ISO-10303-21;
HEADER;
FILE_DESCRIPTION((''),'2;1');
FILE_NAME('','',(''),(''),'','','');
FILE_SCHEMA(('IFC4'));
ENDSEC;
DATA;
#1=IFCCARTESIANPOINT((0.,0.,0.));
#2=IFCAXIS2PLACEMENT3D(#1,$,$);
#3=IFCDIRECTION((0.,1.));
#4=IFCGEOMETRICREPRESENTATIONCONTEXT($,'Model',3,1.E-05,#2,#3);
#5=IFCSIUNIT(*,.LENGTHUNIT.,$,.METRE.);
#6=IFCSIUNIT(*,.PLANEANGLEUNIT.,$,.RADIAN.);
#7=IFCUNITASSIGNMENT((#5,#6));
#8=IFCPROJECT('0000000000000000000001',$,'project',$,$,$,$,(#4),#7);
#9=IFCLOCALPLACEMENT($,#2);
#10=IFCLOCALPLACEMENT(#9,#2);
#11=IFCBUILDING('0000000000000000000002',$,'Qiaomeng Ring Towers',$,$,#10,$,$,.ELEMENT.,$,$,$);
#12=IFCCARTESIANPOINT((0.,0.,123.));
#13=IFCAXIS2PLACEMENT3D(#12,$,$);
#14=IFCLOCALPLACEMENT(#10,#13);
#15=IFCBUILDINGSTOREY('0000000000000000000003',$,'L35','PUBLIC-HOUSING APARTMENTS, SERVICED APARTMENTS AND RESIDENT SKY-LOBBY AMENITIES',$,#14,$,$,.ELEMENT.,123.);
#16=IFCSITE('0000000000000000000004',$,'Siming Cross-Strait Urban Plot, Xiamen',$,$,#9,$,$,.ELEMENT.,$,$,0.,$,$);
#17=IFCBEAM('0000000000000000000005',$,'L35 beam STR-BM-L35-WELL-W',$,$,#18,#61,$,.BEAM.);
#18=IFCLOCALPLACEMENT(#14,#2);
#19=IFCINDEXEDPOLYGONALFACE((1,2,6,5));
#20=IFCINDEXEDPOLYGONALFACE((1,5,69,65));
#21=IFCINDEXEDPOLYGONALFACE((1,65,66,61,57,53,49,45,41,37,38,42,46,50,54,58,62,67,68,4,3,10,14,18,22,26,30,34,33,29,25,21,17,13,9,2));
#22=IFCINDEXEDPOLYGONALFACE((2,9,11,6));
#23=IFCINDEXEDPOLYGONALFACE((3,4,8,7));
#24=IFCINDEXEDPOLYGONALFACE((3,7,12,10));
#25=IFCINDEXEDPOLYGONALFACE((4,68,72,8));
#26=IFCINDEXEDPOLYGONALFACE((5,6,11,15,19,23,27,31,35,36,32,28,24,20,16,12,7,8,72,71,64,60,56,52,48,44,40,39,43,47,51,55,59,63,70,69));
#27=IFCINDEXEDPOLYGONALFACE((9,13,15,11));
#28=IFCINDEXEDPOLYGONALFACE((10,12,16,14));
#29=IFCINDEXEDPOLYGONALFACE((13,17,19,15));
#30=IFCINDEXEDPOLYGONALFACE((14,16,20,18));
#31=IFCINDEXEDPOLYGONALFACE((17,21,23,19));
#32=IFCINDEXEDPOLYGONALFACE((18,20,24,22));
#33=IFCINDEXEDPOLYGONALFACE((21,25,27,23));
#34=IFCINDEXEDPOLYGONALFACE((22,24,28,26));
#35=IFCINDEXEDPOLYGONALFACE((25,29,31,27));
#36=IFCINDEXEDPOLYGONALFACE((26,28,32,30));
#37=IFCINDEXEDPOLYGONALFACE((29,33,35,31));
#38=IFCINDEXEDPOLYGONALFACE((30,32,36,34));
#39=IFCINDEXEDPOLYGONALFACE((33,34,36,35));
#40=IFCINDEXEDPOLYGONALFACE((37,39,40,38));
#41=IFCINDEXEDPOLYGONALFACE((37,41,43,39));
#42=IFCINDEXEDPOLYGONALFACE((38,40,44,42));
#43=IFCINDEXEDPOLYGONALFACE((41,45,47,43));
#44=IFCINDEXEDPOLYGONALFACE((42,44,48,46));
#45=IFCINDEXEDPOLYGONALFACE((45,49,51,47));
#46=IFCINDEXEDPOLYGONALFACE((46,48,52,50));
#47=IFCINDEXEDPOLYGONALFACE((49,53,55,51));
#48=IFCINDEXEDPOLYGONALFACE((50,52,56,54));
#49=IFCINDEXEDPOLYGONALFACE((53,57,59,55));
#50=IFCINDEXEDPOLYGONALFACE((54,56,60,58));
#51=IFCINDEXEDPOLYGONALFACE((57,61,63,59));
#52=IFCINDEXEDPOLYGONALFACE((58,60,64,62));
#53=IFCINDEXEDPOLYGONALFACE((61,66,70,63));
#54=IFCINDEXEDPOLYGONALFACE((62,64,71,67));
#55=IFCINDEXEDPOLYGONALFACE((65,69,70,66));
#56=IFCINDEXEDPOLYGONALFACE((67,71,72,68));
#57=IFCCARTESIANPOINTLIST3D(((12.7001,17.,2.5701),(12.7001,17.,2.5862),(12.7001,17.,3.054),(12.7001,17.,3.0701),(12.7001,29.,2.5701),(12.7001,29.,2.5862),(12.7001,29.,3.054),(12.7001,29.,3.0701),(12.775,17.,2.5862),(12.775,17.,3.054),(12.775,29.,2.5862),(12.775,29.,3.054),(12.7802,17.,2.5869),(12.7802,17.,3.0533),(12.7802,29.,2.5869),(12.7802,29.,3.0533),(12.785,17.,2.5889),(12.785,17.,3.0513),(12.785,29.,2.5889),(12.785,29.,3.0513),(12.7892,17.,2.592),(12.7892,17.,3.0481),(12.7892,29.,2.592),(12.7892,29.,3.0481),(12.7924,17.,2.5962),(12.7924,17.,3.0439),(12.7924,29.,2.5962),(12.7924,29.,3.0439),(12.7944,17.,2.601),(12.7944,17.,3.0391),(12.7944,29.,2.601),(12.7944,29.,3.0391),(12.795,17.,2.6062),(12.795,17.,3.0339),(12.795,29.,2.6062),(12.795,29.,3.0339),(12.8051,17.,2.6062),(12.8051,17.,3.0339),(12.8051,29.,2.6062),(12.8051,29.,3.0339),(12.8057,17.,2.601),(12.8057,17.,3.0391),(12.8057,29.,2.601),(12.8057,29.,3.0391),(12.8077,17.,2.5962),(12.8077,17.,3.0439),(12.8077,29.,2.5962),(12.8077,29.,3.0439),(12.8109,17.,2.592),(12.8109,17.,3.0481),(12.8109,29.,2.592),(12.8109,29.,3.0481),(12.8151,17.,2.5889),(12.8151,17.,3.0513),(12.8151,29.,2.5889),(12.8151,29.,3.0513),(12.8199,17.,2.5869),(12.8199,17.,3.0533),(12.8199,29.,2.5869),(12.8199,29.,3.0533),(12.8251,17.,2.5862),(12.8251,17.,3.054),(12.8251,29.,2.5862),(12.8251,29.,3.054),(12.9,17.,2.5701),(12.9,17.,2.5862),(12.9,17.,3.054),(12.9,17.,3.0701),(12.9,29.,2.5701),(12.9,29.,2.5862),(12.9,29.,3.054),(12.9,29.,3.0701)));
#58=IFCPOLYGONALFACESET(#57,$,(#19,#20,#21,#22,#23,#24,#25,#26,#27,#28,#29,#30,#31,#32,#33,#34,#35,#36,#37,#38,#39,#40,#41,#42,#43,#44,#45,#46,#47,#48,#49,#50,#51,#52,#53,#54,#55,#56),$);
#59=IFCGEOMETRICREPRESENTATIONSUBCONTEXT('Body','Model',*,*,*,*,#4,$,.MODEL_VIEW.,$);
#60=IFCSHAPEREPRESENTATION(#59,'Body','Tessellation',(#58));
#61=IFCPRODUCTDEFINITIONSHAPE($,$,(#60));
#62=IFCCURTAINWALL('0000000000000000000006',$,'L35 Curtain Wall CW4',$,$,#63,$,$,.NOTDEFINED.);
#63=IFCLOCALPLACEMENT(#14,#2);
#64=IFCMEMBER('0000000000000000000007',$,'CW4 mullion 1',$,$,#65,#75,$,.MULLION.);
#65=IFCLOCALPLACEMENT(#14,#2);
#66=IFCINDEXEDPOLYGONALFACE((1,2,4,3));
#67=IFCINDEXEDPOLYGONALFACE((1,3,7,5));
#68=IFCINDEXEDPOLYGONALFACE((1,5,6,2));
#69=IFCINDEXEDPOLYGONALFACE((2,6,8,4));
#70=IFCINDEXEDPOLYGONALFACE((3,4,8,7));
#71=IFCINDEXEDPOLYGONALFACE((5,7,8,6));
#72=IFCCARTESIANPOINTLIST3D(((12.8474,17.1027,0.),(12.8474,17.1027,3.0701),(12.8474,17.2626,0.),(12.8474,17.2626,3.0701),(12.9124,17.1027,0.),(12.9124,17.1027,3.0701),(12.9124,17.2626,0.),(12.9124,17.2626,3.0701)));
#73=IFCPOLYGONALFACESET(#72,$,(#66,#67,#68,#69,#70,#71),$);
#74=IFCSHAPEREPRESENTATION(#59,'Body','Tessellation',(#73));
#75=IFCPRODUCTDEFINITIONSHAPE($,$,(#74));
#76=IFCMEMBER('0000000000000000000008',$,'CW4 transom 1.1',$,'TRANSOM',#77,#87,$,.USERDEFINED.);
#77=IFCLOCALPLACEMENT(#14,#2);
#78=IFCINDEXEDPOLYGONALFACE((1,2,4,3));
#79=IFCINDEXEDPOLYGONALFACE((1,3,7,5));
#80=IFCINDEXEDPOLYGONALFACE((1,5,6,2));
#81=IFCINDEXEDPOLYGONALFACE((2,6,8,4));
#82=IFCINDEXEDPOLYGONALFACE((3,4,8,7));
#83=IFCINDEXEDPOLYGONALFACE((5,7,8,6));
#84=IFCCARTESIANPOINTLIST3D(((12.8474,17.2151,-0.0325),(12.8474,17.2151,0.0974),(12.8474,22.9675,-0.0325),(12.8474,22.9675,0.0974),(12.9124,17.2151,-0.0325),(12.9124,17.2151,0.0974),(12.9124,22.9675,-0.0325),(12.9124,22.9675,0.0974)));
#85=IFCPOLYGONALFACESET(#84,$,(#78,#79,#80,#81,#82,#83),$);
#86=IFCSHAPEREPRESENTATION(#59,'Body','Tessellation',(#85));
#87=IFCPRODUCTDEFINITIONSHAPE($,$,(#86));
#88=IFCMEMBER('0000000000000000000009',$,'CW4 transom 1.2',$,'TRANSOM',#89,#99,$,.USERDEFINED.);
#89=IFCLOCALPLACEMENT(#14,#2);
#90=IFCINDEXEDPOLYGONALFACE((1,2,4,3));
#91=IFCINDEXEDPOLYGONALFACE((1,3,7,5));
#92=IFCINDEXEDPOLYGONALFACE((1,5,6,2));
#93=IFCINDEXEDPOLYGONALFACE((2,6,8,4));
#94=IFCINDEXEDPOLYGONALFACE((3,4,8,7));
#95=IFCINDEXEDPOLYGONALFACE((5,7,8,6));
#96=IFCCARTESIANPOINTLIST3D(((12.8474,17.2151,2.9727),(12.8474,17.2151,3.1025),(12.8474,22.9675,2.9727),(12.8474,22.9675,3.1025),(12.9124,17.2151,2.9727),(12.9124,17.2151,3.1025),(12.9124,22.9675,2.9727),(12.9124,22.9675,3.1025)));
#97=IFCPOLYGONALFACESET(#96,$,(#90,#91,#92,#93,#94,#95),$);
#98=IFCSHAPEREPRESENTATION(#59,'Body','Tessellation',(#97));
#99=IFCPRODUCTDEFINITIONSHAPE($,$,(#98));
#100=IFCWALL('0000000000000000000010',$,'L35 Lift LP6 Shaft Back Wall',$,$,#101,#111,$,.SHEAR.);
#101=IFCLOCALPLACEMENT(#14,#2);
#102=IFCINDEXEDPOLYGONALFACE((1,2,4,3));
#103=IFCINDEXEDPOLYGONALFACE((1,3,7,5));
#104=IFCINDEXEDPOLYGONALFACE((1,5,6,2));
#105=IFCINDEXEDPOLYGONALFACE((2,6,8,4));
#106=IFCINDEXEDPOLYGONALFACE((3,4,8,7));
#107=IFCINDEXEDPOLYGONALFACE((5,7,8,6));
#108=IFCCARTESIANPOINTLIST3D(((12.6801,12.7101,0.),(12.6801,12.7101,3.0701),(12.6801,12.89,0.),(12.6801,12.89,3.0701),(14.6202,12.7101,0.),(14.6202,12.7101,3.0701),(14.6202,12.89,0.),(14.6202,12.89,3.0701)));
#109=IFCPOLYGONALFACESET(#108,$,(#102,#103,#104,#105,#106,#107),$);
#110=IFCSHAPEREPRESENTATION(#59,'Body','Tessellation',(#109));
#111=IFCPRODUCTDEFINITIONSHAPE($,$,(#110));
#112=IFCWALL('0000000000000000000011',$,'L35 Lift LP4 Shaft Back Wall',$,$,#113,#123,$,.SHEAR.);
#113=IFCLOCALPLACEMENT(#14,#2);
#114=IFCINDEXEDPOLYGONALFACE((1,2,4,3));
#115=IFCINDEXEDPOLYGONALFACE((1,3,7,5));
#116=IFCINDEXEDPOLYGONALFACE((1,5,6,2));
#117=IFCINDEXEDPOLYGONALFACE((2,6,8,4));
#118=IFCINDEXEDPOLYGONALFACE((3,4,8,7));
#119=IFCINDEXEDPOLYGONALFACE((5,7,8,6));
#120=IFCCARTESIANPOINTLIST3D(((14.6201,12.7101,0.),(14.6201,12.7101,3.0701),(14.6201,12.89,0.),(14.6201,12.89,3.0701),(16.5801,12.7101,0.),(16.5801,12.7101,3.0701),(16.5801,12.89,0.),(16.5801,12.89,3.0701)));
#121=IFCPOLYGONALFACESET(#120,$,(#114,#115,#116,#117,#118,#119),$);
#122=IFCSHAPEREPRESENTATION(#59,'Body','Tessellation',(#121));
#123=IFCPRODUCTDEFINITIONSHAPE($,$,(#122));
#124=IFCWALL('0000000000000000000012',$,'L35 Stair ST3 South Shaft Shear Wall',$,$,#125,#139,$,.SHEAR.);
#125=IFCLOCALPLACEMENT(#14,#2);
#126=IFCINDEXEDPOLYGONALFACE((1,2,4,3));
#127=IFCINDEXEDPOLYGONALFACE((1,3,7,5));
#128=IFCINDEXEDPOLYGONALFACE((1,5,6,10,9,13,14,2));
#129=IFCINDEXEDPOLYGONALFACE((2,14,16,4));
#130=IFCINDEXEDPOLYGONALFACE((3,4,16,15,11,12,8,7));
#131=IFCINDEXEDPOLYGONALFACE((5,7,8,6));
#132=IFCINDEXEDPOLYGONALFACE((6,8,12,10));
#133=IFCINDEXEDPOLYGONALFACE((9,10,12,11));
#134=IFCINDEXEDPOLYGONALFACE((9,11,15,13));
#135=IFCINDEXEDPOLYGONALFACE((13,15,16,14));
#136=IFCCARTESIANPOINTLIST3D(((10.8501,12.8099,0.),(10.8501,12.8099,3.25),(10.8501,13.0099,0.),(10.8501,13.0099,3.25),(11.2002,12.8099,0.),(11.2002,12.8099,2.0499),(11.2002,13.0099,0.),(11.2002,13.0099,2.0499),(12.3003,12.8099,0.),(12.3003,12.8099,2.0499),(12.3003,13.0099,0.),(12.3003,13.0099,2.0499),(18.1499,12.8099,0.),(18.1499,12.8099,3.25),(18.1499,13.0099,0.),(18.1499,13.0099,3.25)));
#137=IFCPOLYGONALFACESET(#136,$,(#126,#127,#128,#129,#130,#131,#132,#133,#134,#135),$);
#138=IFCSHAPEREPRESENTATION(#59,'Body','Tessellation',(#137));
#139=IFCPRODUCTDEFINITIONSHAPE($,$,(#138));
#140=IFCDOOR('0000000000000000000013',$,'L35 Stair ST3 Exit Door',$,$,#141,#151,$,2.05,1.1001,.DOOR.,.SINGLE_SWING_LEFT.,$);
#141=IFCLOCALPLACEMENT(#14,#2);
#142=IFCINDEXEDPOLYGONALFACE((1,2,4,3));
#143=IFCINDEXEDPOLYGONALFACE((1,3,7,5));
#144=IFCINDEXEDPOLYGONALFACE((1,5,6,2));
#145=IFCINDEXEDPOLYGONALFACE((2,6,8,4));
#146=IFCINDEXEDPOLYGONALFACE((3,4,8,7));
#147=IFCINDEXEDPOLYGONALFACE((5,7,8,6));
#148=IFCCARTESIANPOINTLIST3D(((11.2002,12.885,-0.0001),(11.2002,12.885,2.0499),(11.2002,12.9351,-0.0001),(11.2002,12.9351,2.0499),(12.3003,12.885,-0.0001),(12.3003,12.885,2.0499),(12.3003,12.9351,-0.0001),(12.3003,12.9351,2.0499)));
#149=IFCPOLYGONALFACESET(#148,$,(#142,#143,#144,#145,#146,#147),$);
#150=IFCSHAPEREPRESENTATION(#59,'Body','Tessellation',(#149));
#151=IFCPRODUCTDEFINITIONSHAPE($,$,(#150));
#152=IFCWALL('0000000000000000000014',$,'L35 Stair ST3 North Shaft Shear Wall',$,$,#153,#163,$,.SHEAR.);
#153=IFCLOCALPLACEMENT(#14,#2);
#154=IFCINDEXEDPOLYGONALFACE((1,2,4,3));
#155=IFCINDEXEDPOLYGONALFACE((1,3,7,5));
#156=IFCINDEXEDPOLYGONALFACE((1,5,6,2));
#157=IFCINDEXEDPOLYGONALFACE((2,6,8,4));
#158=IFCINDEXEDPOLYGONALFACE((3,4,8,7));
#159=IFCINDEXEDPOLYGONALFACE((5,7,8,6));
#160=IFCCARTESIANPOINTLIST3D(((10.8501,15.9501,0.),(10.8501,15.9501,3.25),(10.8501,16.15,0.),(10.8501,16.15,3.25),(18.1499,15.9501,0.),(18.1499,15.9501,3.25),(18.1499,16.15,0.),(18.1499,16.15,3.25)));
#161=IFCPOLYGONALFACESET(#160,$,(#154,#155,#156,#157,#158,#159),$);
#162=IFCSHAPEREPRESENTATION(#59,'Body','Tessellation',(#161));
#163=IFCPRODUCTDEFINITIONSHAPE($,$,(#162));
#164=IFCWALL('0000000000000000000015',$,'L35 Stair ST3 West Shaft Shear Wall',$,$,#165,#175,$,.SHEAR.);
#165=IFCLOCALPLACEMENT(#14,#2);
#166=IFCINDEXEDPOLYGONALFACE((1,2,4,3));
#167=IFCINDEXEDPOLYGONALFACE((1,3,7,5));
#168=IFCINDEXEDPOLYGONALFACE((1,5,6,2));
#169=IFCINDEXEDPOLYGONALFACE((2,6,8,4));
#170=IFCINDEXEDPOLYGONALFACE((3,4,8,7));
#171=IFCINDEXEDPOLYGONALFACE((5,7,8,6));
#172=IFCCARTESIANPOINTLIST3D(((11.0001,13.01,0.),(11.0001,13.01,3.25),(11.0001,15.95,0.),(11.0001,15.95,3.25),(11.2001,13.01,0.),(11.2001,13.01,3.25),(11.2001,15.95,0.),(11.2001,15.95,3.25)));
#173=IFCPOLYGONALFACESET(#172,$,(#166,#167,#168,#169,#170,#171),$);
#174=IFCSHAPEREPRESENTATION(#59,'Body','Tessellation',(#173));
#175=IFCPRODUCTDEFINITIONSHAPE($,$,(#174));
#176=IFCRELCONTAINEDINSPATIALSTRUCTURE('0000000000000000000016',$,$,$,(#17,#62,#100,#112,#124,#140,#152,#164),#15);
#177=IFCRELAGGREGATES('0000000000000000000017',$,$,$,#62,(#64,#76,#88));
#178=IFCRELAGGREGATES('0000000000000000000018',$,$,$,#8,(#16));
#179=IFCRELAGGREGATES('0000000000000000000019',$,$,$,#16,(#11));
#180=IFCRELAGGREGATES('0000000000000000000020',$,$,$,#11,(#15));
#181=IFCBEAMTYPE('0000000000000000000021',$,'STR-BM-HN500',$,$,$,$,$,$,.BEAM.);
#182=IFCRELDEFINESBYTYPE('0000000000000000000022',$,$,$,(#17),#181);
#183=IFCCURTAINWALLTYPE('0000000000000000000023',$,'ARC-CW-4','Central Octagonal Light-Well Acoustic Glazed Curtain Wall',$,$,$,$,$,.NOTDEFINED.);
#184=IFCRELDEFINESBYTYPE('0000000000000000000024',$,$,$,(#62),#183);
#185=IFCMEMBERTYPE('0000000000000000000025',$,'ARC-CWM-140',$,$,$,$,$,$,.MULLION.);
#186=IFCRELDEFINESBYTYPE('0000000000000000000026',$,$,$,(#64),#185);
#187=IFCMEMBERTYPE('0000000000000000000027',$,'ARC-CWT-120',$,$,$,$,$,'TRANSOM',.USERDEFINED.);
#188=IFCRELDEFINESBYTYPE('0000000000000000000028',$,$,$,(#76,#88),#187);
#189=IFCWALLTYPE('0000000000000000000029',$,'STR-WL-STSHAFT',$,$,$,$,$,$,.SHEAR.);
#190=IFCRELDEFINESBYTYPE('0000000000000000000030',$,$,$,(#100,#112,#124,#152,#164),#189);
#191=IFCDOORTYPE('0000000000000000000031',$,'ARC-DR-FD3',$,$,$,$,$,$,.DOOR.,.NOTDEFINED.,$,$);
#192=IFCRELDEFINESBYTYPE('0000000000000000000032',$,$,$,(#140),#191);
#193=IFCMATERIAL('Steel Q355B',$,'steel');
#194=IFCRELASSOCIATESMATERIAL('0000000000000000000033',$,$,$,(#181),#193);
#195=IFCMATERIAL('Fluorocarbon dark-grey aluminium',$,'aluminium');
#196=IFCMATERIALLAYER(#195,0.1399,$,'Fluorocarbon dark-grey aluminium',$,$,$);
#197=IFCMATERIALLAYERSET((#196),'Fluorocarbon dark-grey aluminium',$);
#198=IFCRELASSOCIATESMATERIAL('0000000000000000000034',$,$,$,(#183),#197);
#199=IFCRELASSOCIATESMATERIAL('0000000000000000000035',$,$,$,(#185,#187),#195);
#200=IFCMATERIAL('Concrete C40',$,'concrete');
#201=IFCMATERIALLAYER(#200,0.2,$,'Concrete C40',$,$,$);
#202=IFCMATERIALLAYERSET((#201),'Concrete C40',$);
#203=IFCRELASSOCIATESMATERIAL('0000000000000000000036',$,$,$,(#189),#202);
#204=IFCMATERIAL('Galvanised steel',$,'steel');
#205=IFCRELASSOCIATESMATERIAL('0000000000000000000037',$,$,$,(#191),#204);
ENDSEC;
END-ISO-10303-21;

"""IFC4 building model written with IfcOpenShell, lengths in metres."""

from ifc_helpers import new_model, si_unit, direction, frame, frame_2d, origin, origin_2d, place, context, subcontext, project, spatial, rectangle, i_section, extrude, source, transform, mapped, material, layer, layer_set, material_profile, profile_set, type_object, element, fill, aggregate, save


model = new_model("IFC4")

# Units and contexts
model_context = context("Model", 3, precision=1e-05, world=origin(), true_north=direction((0.0, 1.0)))
body_context = subcontext(model_context, "Body", "Model", "MODEL_VIEW")
ifc_project = project(units=[si_unit("LENGTHUNIT", "METRE"), si_unit("PLANEANGLEUNIT", "RADIAN")], contexts=[model_context])

# Site, building, storey
site_placement = place(None, origin())
site = spatial("IfcSite", under=ifc_project, at=site_placement, Name="Siming Cross-Strait Urban Plot, Xiamen", CompositionType="ELEMENT", RefElevation=0.0)
building_placement = place(site_placement, origin())
building = spatial("IfcBuilding", under=site, at=building_placement, Name="Qiaomeng Ring Towers", CompositionType="ELEMENT")
storey_placement = place(building_placement, frame((0.0, 0.0, 123.0)))
storey = spatial("IfcBuildingStorey", under=building, at=storey_placement, Name="L35", Description="PUBLIC-HOUSING APARTMENTS, SERVICED APARTMENTS AND RESIDENT SKY-LOBBY AMENITIES", CompositionType="ELEMENT", Elevation=123.0)

# Beam
ifc_material_1 = material(Name="Steel Q355B", Category="steel")
ifc_material_profile_1 = material_profile(ifc_material_1, i_section(OverallWidth=0.2, OverallDepth=0.5, WebThickness=0.01, FlangeThickness=0.0161, FilletRadius=0.02, at=origin_2d()), Name="HN 500x200x10x16")
ifc_profile_set_1 = profile_set([ifc_material_profile_1], Name="Steel Q355B")
beam_type = type_object("IfcBeamType", Name="STR-BM-HN500", PredefinedType="BEAM", material=ifc_profile_set_1)
shared_shape_1 = source(origin(), body_context, "Body", "SweptSolid", [
    extrude(i_section(OverallWidth=0.2, OverallDepth=0.5, WebThickness=0.01, FlangeThickness=0.0161, FilletRadius=0.02, at=origin_2d()), origin(), (0.0, 0.0, 1.0), 12.0),
])
beam_placement = place(storey_placement, frame((12.8, 17.0, 2.8201), z_axis=(0.0, 1.0, 0.0), x_axis=(-1.0, 0.0, 0.0)))
element("IfcBeam", 1, at=beam_placement, inside=storey, type_object=beam_type, Name="L35 beam STR-BM-L35-WELL-W", PredefinedType="BEAM", context=body_context, shape_type="MappedRepresentation", body=[
    mapped(shared_shape_1, transform((0.0, 0.0, 0.0), x_axis=(1.0, 0.0, 0.0), y_axis=(0.0, 1.0, 0.0), z_axis=(0.0, 0.0, 1.0), scale=1.0)),
])

# Curtain wall, members
ifc_material_2 = material(Name="Fluorocarbon dark-grey aluminium", Category="aluminium")
ifc_layer_1 = layer(ifc_material_2, 0.1399, Name="Fluorocarbon dark-grey aluminium")
ifc_layer_set_1 = layer_set([ifc_layer_1], Name="Fluorocarbon dark-grey aluminium")
curtain_wall_type = type_object("IfcCurtainWallType", Name="ARC-CW-4", Description="Central Octagonal Light-Well Acoustic Glazed Curtain Wall", PredefinedType="NOTDEFINED", material=ifc_layer_set_1)
curtain_wall_placement = place(storey_placement, origin())
curtain_wall = element("IfcCurtainWall", 2, at=curtain_wall_placement, inside=storey, type_object=curtain_wall_type, Name="L35 Curtain Wall CW4", PredefinedType="NOTDEFINED")
ifc_material_profile_2 = material_profile(ifc_material_2, rectangle(XDim=0.0649, YDim=0.1599, at=origin_2d()), Name="ALU MULL 65x160")
ifc_profile_set_2 = profile_set([ifc_material_profile_2], Name="Fluorocarbon dark-grey aluminium")
member_type_1 = type_object("IfcMemberType", Name="ARC-CWM-140", PredefinedType="MULLION", material=ifc_profile_set_2)
shared_shape_2 = source(origin(), body_context, "Body", "SweptSolid", [
    extrude(rectangle(XDim=0.0649, YDim=0.1599, at=origin_2d()), origin(), (0.0, 0.0, 1.0), 3.0701),
])
member_1_placement = place(storey_placement, frame((12.8799, 17.1826, 0.0), z_axis=(0.0, 0.0, 1.0), x_axis=(-1.0, 0.0, 0.0)))
member_1 = element("IfcMember", 3, at=member_1_placement, type_object=member_type_1, Name="CW4 mullion 1", PredefinedType="MULLION", context=body_context, shape_type="MappedRepresentation", body=[
    mapped(shared_shape_2, transform((0.0, 0.0, 0.0), x_axis=(1.0, 0.0, 0.0), y_axis=(0.0, 1.0, 0.0), z_axis=(0.0, 0.0, 1.0), scale=1.0)),
])
ifc_material_profile_3 = material_profile(ifc_material_2, rectangle(XDim=0.0649, YDim=0.1299, at=origin_2d()), Name="ALU TRAN 65x130")
ifc_profile_set_3 = profile_set([ifc_material_profile_3], Name="Fluorocarbon dark-grey aluminium")
member_type_2 = type_object("IfcMemberType", Name="ARC-CWT-120", ElementType="TRANSOM", PredefinedType="USERDEFINED", material=ifc_profile_set_3)
shared_shape_3 = source(origin(), body_context, "Body", "SweptSolid", [
    extrude(rectangle(XDim=0.0649, YDim=0.1299, at=origin_2d()), origin(), (0.0, 0.0, 1.0), 5.7524),
])
member_2_placement = place(storey_placement, frame((12.8799, 17.2151, 0.0325), z_axis=(0.0, 1.0, 0.0), x_axis=(-1.0, 0.0, 0.0)))
member_2 = element("IfcMember", 4, at=member_2_placement, type_object=member_type_2, Name="CW4 transom 1.1", ObjectType="TRANSOM", PredefinedType="USERDEFINED", context=body_context, shape_type="MappedRepresentation", body=[
    mapped(shared_shape_3, transform((0.0, 0.0, 0.0), x_axis=(1.0, 0.0, 0.0), y_axis=(0.0, 1.0, 0.0), z_axis=(0.0, 0.0, 1.0), scale=1.0)),
])
member_3_placement = place(storey_placement, frame((12.8799, 17.2151, 3.0376), z_axis=(0.0, 1.0, 0.0), x_axis=(-1.0, 0.0, 0.0)))
member_3 = element("IfcMember", 5, at=member_3_placement, type_object=member_type_2, Name="CW4 transom 1.2", ObjectType="TRANSOM", PredefinedType="USERDEFINED", context=body_context, shape_type="MappedRepresentation", body=[
    mapped(shared_shape_3, transform((0.0, 0.0, 0.0), x_axis=(1.0, 0.0, 0.0), y_axis=(0.0, 1.0, 0.0), z_axis=(0.0, 0.0, 1.0), scale=1.0)),
])
aggregate(curtain_wall, [member_1, member_2, member_3])

# Walls
ifc_material_3 = material(Name="Concrete C40", Category="concrete")
ifc_layer_2 = layer(ifc_material_3, 0.2, Name="Concrete C40")
ifc_layer_set_2 = layer_set([ifc_layer_2], Name="Concrete C40")
wall_type = type_object("IfcWallType", Name="STR-WL-STSHAFT", PredefinedType="SHEAR", material=ifc_layer_set_2)
wall_1_placement = place(storey_placement, frame((12.6799, 12.8, 0.0), z_axis=(0.0, 0.0, 1.0), x_axis=(1.0, 0.0, 0.0)))
element("IfcWall", 6, at=wall_1_placement, inside=storey, type_object=wall_type, Name="L35 Lift LP6 Shaft Back Wall", PredefinedType="SHEAR", context=body_context, shape_type="SweptSolid", body=[
    extrude(rectangle(XDim=1.9402, YDim=0.1799, at=frame_2d((0.9702, 0.0))), origin(), (0.0, 0.0, 1.0), 3.0701),
])
wall_2_placement = place(storey_placement, frame((14.6201, 12.8, 0.0), z_axis=(0.0, 0.0, 1.0), x_axis=(1.0, 0.0, 0.0)))
element("IfcWall", 7, at=wall_2_placement, inside=storey, type_object=wall_type, Name="L35 Lift LP4 Shaft Back Wall", PredefinedType="SHEAR", context=body_context, shape_type="SweptSolid", body=[
    extrude(rectangle(XDim=1.96, YDim=0.1799, at=frame_2d((0.98, 0.0))), origin(), (0.0, 0.0, 1.0), 3.0701),
])

# Wall, opening, door
wall_3_placement = place(storey_placement, frame((10.8501, 12.9099, 0.0), z_axis=(0.0, 0.0, 1.0), x_axis=(1.0, 0.0, 0.0)))
wall_3 = element("IfcWall", 8, at=wall_3_placement, inside=storey, type_object=wall_type, Name="L35 Stair ST3 South Shaft Shear Wall", PredefinedType="SHEAR", context=body_context, shape_type="SweptSolid", body=[
    extrude(rectangle(XDim=7.2998, YDim=0.2, at=frame_2d((3.6499, 0.0))), origin(), (0.0, 0.0, 1.0), 3.25),
])
opening_placement = place(wall_3_placement, frame((0.3501, 0.0, 0.0)))
opening = element("IfcOpeningElement", 9, at=opening_placement, cuts=wall_3, PredefinedType="OPENING", context=body_context, shape_type="SweptSolid", body=[
    extrude(rectangle(XDim=1.1001, YDim=2.05, at=frame_2d((0.55, 1.0249))), frame((0.0, 0.1099, 0.0), z_axis=(0.0, -1.0, 0.0), x_axis=(1.0, 0.0, 0.0)), (0.0, 0.0, 1.0), 0.22),
])
ifc_material_4 = material(Name="Galvanised steel", Category="steel")
door_type = type_object("IfcDoorType", Name="ARC-DR-FD3", OperationType="NOTDEFINED", PredefinedType="DOOR", material=ifc_material_4)
shared_shape_4 = source(origin(), body_context, "Body", "SweptSolid", [
    extrude(rectangle(XDim=1.1001, YDim=2.05, at=frame_2d((0.55, 1.0249))), frame((0.0, 0.0249, 0.0), z_axis=(0.0, -1.0, 0.0), x_axis=(1.0, 0.0, 0.0)), (0.0, 0.0, 1.0), 0.05),
])
door_placement = place(opening_placement, frame((1.1001, 0.0, 0.0), z_axis=(0.0, 0.0, 1.0), x_axis=(-1.0, 0.0, 0.0)))
door = element("IfcDoor", 10, at=door_placement, inside=storey, type_object=door_type, Name="L35 Stair ST3 Exit Door", OperationType="SINGLE_SWING_LEFT", OverallHeight=2.05, OverallWidth=1.1001, PredefinedType="DOOR", context=body_context, shape_type="MappedRepresentation", body=[
    mapped(shared_shape_4, transform((0.0, 0.0, 0.0), x_axis=(1.0, 0.0, 0.0), y_axis=(0.0, 1.0, 0.0), z_axis=(0.0, 0.0, 1.0), scale=1.0)),
])
fill(opening, door)

# Walls
wall_4_placement = place(storey_placement, frame((10.8501, 16.05, 0.0), z_axis=(0.0, 0.0, 1.0), x_axis=(1.0, 0.0, 0.0)))
element("IfcWall", 11, at=wall_4_placement, inside=storey, type_object=wall_type, Name="L35 Stair ST3 North Shaft Shear Wall", PredefinedType="SHEAR", context=body_context, shape_type="SweptSolid", body=[
    extrude(rectangle(XDim=7.2998, YDim=0.2, at=frame_2d((3.6499, 0.0))), origin(), (0.0, 0.0, 1.0), 3.25),
])
wall_5_placement = place(storey_placement, frame((11.1001, 13.01, 0.0), z_axis=(0.0, 0.0, 1.0), x_axis=(0.0, 1.0, 0.0)))
element("IfcWall", 12, at=wall_5_placement, inside=storey, type_object=wall_type, Name="L35 Stair ST3 West Shaft Shear Wall", PredefinedType="SHEAR", context=body_context, shape_type="SweptSolid", body=[
    extrude(rectangle(XDim=2.9399, YDim=0.2, at=frame_2d((1.47, 0.0))), origin(), (0.0, 0.0, 1.0), 3.25),
])

save(model, "model.ifc")
